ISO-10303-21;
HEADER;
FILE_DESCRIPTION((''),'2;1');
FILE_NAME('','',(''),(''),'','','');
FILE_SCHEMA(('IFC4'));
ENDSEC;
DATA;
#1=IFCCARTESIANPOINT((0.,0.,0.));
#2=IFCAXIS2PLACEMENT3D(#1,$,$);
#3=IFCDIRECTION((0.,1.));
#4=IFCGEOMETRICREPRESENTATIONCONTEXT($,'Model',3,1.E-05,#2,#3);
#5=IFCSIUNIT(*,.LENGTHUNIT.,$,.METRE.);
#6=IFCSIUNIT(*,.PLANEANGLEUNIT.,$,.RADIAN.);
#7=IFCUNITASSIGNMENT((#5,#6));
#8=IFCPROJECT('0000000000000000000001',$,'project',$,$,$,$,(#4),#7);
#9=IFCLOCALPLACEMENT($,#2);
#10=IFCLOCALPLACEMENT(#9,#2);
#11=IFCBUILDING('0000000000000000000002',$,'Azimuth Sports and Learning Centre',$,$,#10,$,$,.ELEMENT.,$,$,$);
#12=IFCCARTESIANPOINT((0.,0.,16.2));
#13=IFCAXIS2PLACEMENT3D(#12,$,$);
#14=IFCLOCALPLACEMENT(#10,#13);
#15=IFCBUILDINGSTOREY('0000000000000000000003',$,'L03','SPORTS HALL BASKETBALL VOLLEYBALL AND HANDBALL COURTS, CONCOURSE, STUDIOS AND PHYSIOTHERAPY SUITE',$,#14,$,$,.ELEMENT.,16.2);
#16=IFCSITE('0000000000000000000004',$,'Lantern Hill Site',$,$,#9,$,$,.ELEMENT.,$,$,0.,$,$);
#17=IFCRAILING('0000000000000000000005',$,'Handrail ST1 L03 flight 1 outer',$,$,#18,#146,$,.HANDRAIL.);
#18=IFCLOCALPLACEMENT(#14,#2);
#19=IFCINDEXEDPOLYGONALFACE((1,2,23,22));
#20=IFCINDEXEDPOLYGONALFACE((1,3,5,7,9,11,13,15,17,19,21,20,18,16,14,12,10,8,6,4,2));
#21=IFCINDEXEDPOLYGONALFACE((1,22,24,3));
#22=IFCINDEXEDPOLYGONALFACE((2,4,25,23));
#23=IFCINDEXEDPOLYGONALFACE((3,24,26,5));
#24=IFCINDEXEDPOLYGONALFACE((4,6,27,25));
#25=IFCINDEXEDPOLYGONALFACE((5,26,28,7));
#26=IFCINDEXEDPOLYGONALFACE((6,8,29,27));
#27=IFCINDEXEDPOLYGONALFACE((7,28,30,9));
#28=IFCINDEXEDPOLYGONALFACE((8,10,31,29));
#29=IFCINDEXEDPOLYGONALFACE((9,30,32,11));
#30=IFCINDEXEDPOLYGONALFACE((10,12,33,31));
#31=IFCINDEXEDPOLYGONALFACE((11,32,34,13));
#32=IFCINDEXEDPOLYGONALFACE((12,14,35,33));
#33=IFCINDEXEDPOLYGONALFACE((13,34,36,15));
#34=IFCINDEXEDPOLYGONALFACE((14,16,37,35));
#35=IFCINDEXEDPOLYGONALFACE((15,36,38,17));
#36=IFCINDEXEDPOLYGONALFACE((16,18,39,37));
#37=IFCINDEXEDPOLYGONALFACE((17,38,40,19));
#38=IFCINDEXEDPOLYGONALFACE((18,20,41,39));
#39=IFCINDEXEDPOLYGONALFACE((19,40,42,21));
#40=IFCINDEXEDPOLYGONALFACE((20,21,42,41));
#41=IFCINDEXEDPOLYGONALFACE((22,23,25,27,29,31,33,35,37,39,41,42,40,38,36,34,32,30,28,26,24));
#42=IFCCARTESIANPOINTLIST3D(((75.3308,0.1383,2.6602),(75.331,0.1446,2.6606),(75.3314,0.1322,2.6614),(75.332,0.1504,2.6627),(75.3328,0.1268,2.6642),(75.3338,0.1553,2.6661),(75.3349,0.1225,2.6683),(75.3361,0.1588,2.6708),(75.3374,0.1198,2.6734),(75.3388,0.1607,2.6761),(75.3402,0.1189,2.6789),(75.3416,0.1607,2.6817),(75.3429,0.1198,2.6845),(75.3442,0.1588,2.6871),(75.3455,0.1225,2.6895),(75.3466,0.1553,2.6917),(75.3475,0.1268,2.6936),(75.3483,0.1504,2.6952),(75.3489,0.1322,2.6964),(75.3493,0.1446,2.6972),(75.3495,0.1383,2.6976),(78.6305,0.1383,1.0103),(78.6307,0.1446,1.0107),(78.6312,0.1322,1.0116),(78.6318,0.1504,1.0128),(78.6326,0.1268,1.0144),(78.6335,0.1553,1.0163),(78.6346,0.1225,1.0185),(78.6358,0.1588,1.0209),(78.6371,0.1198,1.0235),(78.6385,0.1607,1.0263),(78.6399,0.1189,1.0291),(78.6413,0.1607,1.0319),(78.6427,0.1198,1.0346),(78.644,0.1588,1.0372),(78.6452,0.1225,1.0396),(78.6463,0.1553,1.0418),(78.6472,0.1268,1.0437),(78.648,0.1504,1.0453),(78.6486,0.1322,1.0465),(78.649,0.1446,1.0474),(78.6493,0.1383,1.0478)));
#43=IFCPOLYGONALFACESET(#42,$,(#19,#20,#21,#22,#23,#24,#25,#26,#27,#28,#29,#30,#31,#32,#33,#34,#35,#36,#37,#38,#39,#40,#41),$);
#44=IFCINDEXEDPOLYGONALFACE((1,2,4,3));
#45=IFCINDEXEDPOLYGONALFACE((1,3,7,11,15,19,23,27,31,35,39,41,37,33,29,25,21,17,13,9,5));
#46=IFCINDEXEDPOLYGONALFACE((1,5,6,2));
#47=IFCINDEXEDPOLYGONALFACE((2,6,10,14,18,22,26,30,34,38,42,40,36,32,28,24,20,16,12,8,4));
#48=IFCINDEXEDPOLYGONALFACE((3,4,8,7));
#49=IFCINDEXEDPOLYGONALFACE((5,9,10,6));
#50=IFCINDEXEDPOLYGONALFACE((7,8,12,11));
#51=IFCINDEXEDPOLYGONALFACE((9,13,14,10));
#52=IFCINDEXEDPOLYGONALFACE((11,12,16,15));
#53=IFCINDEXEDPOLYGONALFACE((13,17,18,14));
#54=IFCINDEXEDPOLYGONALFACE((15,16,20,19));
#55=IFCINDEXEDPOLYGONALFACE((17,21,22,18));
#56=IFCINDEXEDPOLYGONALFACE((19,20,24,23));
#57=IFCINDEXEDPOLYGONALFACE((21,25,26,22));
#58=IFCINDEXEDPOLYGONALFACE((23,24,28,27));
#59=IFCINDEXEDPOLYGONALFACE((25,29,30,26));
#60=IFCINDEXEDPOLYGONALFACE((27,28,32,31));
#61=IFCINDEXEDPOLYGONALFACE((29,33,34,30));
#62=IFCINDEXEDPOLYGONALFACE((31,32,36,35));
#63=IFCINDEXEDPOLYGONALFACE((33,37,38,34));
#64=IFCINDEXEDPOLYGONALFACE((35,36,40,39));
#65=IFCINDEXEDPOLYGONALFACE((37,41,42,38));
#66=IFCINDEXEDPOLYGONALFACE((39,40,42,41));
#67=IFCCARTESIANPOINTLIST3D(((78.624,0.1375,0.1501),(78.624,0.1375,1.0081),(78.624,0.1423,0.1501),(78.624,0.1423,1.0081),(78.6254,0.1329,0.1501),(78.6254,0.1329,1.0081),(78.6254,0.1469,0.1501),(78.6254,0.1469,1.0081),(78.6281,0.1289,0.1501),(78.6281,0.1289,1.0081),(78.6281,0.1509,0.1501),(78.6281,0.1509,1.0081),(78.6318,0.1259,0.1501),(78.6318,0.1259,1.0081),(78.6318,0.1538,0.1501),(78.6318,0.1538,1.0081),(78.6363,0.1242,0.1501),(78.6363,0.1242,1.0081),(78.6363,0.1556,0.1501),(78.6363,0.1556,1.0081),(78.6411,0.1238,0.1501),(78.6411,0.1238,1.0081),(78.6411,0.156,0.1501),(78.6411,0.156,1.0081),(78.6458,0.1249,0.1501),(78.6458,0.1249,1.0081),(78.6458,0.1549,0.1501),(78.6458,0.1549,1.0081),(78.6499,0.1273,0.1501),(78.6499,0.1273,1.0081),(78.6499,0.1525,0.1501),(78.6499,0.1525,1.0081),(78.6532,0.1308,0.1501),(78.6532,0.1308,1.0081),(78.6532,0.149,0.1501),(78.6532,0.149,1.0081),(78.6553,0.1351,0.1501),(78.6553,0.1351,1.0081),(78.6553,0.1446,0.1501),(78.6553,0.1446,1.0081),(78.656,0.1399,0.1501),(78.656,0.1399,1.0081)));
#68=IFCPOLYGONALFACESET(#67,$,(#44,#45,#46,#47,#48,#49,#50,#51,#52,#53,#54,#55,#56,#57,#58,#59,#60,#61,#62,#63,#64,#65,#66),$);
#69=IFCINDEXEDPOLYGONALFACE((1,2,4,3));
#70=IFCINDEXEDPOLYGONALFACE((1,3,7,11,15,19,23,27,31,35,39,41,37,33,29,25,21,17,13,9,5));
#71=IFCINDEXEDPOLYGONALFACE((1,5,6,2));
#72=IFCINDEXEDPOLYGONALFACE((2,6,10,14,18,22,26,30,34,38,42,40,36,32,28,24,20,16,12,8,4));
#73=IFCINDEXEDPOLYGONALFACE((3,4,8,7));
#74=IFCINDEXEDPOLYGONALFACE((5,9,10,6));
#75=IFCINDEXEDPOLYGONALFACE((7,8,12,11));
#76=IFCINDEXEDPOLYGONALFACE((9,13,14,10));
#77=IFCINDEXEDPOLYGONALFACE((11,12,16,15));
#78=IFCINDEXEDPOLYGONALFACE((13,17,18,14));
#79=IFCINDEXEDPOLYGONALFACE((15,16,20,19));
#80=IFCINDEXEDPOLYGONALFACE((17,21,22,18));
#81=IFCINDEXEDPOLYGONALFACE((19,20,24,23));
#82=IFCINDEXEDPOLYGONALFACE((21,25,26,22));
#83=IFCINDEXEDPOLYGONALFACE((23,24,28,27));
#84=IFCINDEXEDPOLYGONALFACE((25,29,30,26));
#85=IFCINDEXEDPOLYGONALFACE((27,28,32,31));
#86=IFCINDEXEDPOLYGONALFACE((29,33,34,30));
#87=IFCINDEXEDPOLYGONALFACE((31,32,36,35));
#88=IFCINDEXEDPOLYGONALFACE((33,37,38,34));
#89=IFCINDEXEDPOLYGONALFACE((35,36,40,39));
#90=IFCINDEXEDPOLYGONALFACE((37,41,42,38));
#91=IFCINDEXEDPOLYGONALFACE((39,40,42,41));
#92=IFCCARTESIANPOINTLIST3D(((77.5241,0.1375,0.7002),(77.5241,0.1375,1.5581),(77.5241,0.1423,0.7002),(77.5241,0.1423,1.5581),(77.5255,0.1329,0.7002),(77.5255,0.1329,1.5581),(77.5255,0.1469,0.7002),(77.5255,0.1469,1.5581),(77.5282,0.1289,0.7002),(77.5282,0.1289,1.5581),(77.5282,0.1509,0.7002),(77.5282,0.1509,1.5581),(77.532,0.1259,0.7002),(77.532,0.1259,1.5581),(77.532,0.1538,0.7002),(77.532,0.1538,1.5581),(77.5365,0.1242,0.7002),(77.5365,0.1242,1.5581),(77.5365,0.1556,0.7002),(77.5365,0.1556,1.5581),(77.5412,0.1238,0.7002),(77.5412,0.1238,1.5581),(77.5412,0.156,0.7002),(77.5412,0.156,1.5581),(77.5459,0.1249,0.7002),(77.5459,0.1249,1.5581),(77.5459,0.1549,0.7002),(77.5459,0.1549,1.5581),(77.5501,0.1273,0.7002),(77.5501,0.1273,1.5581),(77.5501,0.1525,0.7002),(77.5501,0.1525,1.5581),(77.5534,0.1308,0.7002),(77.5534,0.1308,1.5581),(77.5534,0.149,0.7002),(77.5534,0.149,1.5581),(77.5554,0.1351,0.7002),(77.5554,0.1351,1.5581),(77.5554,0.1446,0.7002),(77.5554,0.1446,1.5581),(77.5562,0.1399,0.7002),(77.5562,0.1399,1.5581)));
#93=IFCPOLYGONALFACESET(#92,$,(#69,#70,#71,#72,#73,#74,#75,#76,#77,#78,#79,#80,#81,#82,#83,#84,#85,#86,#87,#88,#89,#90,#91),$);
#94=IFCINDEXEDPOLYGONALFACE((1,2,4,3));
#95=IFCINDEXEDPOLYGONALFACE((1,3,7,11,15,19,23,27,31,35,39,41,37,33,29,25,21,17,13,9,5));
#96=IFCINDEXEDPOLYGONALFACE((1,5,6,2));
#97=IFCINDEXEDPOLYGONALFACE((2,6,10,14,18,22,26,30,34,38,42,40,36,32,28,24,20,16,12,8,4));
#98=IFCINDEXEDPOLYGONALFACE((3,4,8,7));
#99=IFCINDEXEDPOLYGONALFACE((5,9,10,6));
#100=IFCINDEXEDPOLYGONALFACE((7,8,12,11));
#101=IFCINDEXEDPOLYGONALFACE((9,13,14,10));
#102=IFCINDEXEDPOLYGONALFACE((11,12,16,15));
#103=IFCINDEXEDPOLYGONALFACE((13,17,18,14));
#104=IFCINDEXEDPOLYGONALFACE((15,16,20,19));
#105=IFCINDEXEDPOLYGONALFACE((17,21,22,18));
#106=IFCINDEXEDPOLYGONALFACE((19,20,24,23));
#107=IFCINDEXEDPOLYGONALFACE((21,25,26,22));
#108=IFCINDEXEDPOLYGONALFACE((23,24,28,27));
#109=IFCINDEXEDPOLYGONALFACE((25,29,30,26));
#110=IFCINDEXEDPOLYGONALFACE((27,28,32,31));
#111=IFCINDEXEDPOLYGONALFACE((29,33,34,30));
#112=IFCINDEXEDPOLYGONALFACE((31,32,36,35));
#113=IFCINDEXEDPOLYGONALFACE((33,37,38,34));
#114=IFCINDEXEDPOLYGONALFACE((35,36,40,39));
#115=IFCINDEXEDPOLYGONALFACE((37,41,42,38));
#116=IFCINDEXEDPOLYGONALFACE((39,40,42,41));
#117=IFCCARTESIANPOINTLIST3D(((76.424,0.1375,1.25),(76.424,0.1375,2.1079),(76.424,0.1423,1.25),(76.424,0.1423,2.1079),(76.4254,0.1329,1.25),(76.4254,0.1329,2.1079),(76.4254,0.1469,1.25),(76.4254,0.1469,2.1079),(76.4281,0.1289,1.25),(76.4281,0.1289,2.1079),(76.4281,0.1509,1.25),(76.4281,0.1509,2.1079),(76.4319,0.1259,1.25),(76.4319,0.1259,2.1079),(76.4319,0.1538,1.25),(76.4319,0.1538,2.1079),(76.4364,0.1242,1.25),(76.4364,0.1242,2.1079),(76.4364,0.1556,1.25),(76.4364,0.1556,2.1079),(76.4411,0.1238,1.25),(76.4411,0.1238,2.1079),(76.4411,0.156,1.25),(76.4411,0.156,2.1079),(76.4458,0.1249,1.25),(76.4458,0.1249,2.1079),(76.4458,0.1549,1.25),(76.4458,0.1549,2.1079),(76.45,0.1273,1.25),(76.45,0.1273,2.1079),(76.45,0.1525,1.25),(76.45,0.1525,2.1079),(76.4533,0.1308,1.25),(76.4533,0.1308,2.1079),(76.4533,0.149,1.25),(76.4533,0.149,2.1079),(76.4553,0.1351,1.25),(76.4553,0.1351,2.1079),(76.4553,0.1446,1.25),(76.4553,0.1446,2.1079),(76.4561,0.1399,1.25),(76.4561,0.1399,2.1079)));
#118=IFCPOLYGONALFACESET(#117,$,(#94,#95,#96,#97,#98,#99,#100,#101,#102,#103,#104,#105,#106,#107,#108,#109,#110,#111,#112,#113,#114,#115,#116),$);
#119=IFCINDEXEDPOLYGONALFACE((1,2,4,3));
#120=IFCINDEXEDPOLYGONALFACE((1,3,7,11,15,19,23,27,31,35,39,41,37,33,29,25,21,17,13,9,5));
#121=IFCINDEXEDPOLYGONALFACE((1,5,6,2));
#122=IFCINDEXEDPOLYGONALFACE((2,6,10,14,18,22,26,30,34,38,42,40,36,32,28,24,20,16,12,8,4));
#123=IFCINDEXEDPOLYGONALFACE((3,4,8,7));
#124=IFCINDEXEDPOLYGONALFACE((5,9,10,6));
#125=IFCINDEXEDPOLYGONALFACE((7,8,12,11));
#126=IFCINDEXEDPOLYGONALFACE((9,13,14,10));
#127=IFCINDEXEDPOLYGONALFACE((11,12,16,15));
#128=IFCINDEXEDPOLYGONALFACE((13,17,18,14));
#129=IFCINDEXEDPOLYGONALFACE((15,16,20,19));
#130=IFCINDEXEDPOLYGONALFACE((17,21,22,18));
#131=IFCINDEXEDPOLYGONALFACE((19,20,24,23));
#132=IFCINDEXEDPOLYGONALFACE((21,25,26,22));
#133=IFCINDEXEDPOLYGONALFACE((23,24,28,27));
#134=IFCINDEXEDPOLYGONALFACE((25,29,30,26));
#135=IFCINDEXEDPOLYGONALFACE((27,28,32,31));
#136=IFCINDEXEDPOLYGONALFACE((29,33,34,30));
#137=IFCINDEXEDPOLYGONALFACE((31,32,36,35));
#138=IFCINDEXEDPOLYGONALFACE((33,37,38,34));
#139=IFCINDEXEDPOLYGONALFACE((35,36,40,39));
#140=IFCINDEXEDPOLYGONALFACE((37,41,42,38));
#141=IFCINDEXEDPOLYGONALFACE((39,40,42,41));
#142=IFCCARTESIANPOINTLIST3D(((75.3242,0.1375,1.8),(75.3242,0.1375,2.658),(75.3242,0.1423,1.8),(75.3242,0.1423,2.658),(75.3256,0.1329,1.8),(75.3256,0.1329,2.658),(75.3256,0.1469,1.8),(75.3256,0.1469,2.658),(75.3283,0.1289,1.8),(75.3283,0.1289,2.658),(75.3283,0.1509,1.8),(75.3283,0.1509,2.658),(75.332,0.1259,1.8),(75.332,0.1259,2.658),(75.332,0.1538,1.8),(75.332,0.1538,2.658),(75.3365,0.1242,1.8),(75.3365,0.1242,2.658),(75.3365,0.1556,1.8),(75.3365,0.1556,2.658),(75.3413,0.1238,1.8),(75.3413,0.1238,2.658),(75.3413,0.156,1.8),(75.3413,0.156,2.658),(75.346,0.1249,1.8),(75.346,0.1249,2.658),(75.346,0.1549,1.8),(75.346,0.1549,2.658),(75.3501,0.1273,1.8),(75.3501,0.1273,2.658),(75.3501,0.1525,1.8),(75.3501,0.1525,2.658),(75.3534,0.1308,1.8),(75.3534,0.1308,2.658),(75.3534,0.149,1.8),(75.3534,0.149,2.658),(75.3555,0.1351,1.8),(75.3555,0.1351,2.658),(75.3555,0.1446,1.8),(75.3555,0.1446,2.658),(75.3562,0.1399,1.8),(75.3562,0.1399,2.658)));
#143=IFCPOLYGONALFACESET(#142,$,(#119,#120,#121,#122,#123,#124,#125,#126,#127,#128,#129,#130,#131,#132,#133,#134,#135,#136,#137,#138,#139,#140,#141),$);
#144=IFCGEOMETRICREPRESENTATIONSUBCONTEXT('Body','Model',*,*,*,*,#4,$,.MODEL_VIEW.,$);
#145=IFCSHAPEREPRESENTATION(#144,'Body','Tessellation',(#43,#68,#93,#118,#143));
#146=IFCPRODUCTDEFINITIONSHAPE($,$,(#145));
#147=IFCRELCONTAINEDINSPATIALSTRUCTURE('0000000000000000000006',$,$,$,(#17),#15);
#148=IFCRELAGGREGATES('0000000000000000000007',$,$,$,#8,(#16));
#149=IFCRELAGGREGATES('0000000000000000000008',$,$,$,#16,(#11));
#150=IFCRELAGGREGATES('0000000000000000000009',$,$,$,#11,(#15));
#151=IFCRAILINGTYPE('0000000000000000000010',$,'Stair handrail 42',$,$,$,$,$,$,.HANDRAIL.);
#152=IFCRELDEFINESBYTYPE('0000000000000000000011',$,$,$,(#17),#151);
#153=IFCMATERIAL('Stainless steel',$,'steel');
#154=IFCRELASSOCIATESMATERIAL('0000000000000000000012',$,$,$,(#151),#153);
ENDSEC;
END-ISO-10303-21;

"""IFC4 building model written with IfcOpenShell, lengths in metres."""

from ifc_helpers import new_model, si_unit, direction, frame, origin, origin_2d, place, context, subcontext, project, spatial, circle, extrude, material, type_object, element, save


model = new_model("IFC4")

# Units and contexts
model_context = context("Model", 3, precision=1e-05, world=origin(), true_north=direction((0.0, 1.0)))
body_context = subcontext(model_context, "Body", "Model", "MODEL_VIEW")
ifc_project = project(units=[si_unit("LENGTHUNIT", "METRE"), si_unit("PLANEANGLEUNIT", "RADIAN")], contexts=[model_context])

# Site, building, storey
site_placement = place(None, origin())
site = spatial("IfcSite", under=ifc_project, at=site_placement, Name="Lantern Hill Site", CompositionType="ELEMENT", RefElevation=0.0)
building_placement = place(site_placement, origin())
building = spatial("IfcBuilding", under=site, at=building_placement, Name="Azimuth Sports and Learning Centre", CompositionType="ELEMENT")
storey_placement = place(building_placement, frame((0.0, 0.0, 16.2)))
storey = spatial("IfcBuildingStorey", under=building, at=storey_placement, Name="L03", Description="SPORTS HALL BASKETBALL VOLLEYBALL AND HANDBALL COURTS, CONCOURSE, STUDIOS AND PHYSIOTHERAPY SUITE", CompositionType="ELEMENT", Elevation=16.2)

# Railing
ifc_material_1 = material(Name="Stainless steel", Category="steel")
railing_type_1 = type_object("IfcRailingType", Name="Stair handrail 42", PredefinedType="HANDRAIL", material=ifc_material_1)
for number, where, name in (
    (1, (78.6399, 0.1399, 0.1501), "Handrail ST1 L03 flight 1 outer"),
):
    element("IfcRailing", number, at=place(storey_placement, frame(where)), inside=storey, type_object=railing_type_1, Name=name, PredefinedType="HANDRAIL", context=body_context, shape_type="SweptSolid", body=[
        extrude(circle(Radius=0.021, at=origin_2d()), frame((0.0, 0.0, 0.8789), z_axis=(-0.894427, 0.0, 0.447214), x_axis=(0.0, -1.0, 0.0)), (0.0, 0.0, 1.0), 3.6892),
        extrude(circle(Radius=0.0161, at=origin_2d()), origin(), (0.0, 0.0, 1.0), 0.8579),
        extrude(circle(Radius=0.0161, at=origin_2d()), frame((-1.0999, 0.0, 0.55)), (0.0, 0.0, 1.0), 0.8579),
        extrude(circle(Radius=0.0161, at=origin_2d()), frame((-2.2, 0.0, 1.0999)), (0.0, 0.0, 1.0), 0.8579),
        extrude(circle(Radius=0.0161, at=origin_2d()), frame((-3.2998, 0.0, 1.6499)), (0.0, 0.0, 1.0), 0.8579),
    ])

save(model, "model.ifc")
